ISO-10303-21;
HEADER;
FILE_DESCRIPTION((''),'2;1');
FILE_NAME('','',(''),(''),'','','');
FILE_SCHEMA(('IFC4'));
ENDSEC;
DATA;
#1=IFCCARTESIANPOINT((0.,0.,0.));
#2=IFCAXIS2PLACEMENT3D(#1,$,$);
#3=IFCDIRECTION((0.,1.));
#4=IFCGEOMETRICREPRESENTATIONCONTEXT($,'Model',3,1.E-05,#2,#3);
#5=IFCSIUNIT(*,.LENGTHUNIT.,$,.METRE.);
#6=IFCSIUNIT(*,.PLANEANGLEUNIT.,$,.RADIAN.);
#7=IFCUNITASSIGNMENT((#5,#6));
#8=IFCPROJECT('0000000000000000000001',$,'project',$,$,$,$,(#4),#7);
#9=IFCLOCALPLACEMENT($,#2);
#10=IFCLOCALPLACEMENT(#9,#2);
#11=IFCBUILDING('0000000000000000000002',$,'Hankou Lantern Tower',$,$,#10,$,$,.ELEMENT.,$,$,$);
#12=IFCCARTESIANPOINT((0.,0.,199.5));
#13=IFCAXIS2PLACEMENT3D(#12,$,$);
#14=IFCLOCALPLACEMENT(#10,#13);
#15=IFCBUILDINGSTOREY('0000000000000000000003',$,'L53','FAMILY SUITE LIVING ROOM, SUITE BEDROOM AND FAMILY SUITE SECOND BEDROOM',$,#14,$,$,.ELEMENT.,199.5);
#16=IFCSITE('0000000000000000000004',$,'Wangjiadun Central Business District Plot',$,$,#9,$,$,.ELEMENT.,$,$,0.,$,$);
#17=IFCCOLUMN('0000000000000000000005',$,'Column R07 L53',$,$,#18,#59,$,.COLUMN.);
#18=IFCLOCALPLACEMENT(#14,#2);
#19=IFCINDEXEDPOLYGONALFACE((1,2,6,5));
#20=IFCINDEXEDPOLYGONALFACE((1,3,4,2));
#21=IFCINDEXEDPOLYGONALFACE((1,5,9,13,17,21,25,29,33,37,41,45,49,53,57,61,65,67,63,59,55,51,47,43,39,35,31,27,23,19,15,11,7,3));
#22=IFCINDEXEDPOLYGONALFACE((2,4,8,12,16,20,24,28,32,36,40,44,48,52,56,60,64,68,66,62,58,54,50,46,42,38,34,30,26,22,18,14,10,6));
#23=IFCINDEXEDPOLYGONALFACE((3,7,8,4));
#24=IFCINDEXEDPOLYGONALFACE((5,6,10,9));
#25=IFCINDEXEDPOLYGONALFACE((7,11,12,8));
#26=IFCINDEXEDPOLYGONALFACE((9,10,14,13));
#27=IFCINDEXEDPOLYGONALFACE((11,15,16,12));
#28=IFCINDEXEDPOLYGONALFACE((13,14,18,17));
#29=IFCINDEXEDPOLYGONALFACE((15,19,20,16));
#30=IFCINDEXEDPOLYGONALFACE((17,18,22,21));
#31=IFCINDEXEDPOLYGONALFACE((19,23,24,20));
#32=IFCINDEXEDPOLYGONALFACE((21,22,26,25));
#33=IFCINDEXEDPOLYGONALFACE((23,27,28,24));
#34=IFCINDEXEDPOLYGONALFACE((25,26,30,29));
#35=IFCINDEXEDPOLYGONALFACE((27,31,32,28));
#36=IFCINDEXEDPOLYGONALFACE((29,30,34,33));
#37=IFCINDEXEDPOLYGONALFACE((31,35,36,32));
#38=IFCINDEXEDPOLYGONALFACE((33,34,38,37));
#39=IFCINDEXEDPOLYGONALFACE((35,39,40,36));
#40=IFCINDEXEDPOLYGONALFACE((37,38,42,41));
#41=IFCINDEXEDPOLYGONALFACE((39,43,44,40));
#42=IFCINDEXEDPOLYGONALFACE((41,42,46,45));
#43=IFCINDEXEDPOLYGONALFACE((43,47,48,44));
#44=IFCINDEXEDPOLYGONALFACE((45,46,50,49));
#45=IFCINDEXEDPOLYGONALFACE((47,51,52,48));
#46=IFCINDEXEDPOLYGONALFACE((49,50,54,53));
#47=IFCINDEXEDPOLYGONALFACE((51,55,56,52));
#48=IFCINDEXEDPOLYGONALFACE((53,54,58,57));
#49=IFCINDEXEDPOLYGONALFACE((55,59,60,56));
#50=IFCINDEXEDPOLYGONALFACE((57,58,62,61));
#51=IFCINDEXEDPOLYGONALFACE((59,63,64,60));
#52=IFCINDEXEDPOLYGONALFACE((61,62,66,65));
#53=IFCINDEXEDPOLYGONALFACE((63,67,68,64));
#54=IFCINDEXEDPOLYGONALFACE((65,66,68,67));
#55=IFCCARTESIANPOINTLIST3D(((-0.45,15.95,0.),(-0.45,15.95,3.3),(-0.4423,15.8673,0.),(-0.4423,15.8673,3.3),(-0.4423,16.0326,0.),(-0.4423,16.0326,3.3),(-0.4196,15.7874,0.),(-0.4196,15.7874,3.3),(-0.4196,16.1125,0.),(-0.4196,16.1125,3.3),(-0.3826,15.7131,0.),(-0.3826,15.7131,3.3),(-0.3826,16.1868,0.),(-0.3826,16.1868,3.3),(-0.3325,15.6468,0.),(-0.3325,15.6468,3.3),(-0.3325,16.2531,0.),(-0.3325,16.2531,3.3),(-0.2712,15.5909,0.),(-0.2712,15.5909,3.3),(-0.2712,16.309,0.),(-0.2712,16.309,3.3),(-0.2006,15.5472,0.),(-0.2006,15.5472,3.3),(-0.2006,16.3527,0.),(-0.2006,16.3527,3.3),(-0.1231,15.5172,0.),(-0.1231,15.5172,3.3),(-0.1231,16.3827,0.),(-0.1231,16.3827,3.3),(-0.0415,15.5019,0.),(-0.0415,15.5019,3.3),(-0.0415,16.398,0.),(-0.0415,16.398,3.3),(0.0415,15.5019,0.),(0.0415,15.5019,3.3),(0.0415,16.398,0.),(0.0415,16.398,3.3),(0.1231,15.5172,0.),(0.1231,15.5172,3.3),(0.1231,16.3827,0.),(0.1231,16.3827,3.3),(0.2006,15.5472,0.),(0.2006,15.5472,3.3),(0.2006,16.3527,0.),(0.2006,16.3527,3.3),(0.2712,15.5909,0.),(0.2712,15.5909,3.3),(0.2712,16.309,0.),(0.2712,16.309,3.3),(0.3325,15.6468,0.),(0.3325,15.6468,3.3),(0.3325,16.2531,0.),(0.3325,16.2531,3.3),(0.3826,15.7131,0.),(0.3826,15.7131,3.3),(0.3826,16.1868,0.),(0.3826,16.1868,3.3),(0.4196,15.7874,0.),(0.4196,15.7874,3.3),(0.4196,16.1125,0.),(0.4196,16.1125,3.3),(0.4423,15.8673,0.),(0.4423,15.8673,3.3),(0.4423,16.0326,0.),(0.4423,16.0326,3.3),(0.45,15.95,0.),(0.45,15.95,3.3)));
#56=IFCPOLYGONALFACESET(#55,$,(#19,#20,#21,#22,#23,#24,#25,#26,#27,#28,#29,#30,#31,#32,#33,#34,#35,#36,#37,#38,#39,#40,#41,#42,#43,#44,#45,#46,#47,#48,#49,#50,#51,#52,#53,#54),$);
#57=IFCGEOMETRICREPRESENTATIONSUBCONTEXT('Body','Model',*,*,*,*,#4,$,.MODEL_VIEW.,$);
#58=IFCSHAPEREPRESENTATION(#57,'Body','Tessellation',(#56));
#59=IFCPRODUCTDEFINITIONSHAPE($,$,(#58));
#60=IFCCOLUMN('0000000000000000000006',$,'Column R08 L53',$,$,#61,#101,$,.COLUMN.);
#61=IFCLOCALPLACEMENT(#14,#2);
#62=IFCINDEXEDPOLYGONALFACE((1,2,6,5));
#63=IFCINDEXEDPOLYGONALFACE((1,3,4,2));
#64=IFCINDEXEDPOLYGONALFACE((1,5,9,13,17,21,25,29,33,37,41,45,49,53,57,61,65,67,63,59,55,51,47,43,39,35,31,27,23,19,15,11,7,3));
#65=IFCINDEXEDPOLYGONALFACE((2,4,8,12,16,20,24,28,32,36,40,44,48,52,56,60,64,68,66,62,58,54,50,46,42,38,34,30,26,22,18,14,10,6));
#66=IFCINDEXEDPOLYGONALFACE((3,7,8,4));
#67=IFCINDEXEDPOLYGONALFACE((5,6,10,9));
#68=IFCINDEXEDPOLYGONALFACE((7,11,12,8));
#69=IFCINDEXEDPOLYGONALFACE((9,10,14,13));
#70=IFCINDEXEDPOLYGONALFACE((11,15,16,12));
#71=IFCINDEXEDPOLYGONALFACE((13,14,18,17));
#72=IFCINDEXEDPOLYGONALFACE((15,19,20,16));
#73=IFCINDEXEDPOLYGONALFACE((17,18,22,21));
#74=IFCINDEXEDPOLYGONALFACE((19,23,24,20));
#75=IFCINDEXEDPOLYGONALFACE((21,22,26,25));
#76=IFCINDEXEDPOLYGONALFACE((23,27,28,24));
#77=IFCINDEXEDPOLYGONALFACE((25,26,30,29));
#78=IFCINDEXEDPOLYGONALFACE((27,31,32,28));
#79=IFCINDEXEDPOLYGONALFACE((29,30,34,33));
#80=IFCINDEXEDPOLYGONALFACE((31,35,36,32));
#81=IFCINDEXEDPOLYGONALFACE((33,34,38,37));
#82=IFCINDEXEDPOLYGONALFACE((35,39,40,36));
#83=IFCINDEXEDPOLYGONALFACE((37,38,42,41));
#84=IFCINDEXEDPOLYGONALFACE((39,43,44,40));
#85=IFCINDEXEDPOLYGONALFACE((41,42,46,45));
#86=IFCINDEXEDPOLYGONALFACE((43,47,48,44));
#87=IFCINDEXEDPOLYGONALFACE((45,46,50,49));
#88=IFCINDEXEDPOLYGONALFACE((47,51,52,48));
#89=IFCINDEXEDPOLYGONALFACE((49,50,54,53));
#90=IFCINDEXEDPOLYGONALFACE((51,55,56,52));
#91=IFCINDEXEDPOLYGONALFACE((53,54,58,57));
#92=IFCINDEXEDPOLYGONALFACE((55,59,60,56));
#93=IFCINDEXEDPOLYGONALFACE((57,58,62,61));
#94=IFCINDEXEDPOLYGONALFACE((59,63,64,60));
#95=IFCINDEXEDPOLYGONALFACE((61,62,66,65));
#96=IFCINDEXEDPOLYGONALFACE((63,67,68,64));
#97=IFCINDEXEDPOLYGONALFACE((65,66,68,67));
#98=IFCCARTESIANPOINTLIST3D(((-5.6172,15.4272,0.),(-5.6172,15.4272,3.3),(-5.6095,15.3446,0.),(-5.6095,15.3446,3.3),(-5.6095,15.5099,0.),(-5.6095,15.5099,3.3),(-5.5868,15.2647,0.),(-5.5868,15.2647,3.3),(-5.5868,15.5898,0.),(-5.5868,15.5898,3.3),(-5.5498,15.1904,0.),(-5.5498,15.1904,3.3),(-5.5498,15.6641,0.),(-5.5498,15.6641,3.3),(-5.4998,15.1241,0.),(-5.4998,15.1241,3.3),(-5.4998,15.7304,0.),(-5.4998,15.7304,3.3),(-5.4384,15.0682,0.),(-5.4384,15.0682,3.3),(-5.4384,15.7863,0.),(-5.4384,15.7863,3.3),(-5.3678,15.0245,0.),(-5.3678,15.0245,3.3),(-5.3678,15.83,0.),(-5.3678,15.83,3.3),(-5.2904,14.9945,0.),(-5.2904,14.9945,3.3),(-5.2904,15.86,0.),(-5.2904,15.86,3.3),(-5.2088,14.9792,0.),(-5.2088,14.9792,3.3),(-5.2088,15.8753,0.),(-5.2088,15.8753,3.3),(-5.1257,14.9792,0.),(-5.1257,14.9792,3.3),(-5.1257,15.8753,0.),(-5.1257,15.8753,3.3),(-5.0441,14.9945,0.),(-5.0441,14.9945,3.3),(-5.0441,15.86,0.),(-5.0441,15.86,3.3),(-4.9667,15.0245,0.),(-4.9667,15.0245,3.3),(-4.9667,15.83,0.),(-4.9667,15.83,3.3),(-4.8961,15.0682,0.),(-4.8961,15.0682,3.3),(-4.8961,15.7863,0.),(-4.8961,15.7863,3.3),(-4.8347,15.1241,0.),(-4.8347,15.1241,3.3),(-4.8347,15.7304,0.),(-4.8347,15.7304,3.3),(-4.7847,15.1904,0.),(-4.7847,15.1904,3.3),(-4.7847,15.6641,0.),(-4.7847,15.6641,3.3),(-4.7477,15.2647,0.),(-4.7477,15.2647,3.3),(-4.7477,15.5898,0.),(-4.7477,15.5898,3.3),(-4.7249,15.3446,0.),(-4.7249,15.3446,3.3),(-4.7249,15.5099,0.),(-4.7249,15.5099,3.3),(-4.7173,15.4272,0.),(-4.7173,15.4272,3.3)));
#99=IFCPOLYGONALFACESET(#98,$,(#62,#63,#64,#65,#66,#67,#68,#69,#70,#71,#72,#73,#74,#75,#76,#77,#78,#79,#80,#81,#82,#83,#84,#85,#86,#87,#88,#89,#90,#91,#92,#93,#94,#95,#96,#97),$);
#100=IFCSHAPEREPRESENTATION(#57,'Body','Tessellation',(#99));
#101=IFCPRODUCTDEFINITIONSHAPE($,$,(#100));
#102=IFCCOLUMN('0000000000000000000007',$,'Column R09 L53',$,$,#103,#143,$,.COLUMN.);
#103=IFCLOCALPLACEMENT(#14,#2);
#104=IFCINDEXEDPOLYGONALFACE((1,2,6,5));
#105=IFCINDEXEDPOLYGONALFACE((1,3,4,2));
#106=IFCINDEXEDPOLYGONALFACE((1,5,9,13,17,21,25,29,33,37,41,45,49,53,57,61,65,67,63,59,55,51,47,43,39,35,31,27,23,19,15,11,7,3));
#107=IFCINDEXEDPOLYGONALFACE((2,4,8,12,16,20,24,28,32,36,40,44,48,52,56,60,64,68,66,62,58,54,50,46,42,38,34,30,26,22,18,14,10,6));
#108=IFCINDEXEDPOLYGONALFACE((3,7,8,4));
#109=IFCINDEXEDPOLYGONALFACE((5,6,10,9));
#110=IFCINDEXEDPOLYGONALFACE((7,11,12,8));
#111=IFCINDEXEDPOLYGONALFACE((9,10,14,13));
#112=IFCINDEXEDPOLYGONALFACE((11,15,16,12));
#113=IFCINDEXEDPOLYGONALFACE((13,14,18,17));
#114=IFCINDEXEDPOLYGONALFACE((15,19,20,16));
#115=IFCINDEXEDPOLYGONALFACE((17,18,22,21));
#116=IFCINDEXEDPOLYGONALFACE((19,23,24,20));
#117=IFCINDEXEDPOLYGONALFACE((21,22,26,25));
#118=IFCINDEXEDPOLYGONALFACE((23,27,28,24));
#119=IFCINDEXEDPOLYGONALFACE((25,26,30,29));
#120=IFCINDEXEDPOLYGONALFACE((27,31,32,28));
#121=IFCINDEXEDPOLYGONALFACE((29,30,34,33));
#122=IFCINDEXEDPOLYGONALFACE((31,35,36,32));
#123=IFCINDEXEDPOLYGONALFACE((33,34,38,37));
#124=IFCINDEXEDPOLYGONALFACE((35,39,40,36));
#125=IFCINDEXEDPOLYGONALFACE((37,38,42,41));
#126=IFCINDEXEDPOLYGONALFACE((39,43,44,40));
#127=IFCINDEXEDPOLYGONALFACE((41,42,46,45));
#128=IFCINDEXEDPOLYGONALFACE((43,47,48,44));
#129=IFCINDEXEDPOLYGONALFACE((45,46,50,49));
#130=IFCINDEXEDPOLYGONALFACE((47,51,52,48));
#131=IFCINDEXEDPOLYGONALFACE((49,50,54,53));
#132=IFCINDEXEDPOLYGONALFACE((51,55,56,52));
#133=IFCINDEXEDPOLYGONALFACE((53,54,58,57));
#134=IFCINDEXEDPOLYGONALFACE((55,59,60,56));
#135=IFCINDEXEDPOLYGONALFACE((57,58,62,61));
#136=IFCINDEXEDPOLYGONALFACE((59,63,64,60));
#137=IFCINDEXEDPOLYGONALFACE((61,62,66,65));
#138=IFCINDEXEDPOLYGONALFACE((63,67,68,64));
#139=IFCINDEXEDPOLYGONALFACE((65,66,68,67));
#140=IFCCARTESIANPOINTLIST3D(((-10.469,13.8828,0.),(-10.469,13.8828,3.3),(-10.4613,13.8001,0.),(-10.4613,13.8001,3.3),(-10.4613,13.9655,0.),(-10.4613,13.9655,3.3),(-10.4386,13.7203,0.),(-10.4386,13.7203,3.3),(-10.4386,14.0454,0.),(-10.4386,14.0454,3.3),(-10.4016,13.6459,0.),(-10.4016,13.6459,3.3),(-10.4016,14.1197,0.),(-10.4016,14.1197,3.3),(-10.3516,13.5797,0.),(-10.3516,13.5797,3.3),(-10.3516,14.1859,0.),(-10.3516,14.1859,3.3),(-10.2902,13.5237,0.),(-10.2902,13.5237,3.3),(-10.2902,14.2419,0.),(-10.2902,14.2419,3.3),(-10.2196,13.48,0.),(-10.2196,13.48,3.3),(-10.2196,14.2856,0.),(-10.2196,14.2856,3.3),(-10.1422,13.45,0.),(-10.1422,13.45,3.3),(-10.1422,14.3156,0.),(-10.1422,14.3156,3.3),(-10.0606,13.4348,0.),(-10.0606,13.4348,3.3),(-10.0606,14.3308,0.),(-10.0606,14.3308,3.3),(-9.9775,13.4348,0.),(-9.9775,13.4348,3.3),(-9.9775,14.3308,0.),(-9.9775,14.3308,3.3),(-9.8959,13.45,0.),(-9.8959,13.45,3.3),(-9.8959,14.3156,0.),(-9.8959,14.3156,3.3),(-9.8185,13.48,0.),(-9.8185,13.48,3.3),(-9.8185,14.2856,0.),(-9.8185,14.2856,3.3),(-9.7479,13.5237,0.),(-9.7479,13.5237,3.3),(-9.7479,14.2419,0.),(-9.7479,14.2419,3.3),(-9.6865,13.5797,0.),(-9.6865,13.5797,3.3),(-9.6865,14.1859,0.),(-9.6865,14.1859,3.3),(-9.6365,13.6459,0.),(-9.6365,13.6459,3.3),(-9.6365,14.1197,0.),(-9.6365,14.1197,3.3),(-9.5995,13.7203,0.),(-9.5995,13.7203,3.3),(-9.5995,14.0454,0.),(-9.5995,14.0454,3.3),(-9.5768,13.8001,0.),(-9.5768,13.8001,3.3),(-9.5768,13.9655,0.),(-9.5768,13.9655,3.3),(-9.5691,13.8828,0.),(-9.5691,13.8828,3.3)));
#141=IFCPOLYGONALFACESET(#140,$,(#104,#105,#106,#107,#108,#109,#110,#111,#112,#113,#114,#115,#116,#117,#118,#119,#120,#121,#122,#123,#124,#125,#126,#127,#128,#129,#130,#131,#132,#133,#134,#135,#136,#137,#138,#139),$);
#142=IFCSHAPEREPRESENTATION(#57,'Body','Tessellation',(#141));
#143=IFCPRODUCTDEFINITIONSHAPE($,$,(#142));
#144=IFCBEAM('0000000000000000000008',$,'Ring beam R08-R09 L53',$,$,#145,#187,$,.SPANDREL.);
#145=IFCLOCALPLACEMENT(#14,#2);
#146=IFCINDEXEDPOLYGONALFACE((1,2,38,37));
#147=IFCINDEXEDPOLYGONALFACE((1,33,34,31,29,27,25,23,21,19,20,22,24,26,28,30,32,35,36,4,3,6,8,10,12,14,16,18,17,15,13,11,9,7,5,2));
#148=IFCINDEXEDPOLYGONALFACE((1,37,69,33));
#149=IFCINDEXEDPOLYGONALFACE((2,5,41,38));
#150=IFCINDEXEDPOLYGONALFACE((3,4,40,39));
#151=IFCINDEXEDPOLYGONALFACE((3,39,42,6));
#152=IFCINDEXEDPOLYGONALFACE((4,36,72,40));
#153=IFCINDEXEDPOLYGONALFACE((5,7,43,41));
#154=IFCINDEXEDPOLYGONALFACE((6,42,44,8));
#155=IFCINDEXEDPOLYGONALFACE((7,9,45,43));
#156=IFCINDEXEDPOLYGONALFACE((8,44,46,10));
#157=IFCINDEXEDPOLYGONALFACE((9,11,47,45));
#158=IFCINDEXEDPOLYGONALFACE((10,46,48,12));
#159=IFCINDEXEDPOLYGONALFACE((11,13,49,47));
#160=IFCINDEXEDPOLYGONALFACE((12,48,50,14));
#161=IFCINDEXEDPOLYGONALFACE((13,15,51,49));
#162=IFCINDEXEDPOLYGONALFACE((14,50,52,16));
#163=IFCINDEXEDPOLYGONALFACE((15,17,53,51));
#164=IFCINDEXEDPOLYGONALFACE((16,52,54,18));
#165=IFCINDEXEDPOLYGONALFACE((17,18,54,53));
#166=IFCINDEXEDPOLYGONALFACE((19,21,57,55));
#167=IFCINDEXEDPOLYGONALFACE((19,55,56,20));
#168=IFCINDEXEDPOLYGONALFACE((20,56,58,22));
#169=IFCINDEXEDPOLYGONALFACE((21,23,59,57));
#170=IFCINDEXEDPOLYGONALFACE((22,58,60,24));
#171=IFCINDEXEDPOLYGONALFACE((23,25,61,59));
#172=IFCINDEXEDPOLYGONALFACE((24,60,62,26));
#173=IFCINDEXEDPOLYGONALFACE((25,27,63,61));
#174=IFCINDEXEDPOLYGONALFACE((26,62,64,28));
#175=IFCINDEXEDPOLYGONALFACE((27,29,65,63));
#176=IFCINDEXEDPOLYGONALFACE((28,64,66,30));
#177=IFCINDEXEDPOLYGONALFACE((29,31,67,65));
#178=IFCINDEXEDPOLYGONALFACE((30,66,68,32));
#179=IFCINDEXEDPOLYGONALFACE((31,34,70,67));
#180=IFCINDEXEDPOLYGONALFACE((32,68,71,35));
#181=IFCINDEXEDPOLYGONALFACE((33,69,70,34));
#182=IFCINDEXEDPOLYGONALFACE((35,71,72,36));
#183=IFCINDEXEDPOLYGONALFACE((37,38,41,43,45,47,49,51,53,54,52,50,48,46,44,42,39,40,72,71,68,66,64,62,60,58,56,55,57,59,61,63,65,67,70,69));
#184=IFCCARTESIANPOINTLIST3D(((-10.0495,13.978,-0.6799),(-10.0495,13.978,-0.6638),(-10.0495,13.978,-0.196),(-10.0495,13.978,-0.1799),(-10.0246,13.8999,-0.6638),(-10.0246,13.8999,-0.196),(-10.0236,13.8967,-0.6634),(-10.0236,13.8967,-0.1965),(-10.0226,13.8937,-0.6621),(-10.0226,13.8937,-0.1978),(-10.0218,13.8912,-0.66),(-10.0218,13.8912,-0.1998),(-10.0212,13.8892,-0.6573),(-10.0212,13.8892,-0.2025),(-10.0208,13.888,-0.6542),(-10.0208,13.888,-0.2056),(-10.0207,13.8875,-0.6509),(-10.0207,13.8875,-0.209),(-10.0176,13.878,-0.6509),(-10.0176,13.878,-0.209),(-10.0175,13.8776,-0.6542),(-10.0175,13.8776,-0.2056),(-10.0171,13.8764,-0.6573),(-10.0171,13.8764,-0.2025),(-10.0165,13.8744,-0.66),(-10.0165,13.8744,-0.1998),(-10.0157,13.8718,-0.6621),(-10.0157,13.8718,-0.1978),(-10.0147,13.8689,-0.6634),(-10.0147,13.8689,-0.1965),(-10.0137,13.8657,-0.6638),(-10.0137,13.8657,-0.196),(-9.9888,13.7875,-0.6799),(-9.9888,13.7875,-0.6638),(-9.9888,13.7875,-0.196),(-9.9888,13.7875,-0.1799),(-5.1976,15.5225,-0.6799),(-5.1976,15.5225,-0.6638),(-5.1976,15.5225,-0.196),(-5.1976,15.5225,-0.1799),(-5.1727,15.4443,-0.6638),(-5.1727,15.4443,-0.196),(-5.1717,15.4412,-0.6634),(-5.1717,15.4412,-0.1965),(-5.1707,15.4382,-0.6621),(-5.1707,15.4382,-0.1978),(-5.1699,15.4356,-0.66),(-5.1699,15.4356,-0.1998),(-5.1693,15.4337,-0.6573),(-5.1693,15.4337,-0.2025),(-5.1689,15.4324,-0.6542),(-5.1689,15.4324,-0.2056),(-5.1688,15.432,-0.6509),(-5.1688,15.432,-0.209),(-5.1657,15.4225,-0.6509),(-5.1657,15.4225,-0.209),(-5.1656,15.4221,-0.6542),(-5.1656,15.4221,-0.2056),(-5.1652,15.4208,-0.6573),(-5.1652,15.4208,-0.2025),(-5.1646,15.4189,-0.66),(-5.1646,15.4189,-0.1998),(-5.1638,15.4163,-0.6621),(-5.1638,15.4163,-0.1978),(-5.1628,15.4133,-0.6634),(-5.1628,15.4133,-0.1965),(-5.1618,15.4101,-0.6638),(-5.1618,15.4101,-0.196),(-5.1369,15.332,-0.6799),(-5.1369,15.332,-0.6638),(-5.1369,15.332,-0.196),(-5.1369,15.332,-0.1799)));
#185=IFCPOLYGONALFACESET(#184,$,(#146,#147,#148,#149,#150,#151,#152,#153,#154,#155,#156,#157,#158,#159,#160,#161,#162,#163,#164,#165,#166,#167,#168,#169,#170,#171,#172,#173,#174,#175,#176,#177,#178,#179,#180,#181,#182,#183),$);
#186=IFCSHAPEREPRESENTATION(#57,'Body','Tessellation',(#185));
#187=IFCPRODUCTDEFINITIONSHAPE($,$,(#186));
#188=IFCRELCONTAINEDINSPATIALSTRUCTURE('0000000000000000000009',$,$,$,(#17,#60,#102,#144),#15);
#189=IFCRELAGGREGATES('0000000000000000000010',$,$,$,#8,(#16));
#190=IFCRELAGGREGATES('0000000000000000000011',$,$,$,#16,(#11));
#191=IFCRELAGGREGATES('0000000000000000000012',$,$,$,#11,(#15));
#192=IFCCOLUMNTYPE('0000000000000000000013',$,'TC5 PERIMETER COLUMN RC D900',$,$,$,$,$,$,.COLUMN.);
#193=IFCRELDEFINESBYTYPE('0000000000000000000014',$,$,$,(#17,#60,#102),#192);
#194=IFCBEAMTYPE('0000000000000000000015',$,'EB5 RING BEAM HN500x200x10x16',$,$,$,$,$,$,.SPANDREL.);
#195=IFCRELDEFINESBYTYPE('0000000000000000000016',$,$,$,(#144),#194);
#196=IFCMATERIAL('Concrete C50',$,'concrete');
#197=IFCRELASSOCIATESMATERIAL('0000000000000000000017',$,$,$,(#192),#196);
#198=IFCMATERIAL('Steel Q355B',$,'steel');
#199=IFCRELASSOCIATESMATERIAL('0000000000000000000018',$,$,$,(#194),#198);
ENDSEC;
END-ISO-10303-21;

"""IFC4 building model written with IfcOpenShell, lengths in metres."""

from ifc_helpers import new_model, si_unit, direction, frame, origin, origin_2d, place, context, subcontext, project, spatial, circle, i_section, extrude, material, material_profile, profile_set, type_object, element, save


model = new_model("IFC4")

# Units and contexts
model_context = context("Model", 3, precision=1e-05, world=origin(), true_north=direction((0.0, 1.0)))
body_context = subcontext(model_context, "Body", "Model", "MODEL_VIEW")
ifc_project = project(units=[si_unit("LENGTHUNIT", "METRE"), si_unit("PLANEANGLEUNIT", "RADIAN")], contexts=[model_context])

# Site, building, storey
site_placement = place(None, origin())
site = spatial("IfcSite", under=ifc_project, at=site_placement, Name="Wangjiadun Central Business District Plot", CompositionType="ELEMENT", RefElevation=0.0)
building_placement = place(site_placement, origin())
building = spatial("IfcBuilding", under=site, at=building_placement, Name="Hankou Lantern Tower", CompositionType="ELEMENT")
storey_placement = place(building_placement, frame((0.0, 0.0, 199.5)))
storey = spatial("IfcBuildingStorey", under=building, at=storey_placement, Name="L53", Description="FAMILY SUITE LIVING ROOM, SUITE BEDROOM AND FAMILY SUITE SECOND BEDROOM", CompositionType="ELEMENT", Elevation=199.5)

# Columns
ifc_material_1 = material(Name="Concrete C50", Category="concrete")
ifc_material_profile_1 = material_profile(ifc_material_1, circle(Radius=0.45, at=origin_2d()), Name="RC D900")
ifc_profile_set_1 = profile_set([ifc_material_profile_1], Name="Concrete C50")
column_type = type_object("IfcColumnType", Name="TC5 PERIMETER COLUMN RC D900", PredefinedType="COLUMN", material=ifc_profile_set_1)
for number, where, z_axis, x_axis, name in (
    (1, (0.0, 15.95, 0.0), (0.0, 0.0, 1.0), (1.0, 0.0, 0.0), "Column R07 L53"),
    (2, (-5.1672, 15.4272, 0.0), (0.0, 0.0, 1.0), (1.0, 0.0, 0.0), "Column R08 L53"),
    (3, (-10.019, 13.8828, 0.0), (0.0, 0.0, 1.0), (1.0, 0.0, 0.0), "Column R09 L53"),
):
    element("IfcColumn", number, at=place(storey_placement, frame(where, z_axis=z_axis, x_axis=x_axis)), inside=storey, type_object=column_type, Name=name, PredefinedType="COLUMN", context=body_context, shape_type="SweptSolid", body=[
        extrude(circle(Radius=0.45, at=origin_2d()), origin(), (0.0, 0.0, 1.0), 3.3),
    ])

# Beam
ifc_material_2 = material(Name="Steel Q355B", Category="steel")
ifc_material_profile_2 = material_profile(ifc_material_2, i_section(OverallWidth=0.2, OverallDepth=0.5, WebThickness=0.01, FlangeThickness=0.0161, FilletRadius=0.0129, at=origin_2d()), Name="HN500x200x10x16")
ifc_profile_set_2 = profile_set([ifc_material_profile_2], Name="Steel Q355B")
beam_type_1 = type_object("IfcBeamType", Name="EB5 RING BEAM HN500x200x10x16", PredefinedType="SPANDREL", material=ifc_profile_set_2)
beam_1_placement = place(storey_placement, frame((-5.1672, 15.4272, -0.4299), z_axis=(-0.952887, -0.303324, 0.0), x_axis=(0.303324, -0.952887, 0.0)))
element("IfcBeam", 4, at=beam_1_placement, inside=storey, type_object=beam_type_1, Name="Ring beam R08-R09 L53", PredefinedType="SPANDREL", context=body_context, shape_type="SweptSolid", body=[
    extrude(i_section(OverallWidth=0.2, OverallDepth=0.5, WebThickness=0.01, FlangeThickness=0.0161, FilletRadius=0.0129, at=origin_2d()), origin(), (0.0, 0.0, 1.0), 5.0918),
])

save(model, "model.ifc")
